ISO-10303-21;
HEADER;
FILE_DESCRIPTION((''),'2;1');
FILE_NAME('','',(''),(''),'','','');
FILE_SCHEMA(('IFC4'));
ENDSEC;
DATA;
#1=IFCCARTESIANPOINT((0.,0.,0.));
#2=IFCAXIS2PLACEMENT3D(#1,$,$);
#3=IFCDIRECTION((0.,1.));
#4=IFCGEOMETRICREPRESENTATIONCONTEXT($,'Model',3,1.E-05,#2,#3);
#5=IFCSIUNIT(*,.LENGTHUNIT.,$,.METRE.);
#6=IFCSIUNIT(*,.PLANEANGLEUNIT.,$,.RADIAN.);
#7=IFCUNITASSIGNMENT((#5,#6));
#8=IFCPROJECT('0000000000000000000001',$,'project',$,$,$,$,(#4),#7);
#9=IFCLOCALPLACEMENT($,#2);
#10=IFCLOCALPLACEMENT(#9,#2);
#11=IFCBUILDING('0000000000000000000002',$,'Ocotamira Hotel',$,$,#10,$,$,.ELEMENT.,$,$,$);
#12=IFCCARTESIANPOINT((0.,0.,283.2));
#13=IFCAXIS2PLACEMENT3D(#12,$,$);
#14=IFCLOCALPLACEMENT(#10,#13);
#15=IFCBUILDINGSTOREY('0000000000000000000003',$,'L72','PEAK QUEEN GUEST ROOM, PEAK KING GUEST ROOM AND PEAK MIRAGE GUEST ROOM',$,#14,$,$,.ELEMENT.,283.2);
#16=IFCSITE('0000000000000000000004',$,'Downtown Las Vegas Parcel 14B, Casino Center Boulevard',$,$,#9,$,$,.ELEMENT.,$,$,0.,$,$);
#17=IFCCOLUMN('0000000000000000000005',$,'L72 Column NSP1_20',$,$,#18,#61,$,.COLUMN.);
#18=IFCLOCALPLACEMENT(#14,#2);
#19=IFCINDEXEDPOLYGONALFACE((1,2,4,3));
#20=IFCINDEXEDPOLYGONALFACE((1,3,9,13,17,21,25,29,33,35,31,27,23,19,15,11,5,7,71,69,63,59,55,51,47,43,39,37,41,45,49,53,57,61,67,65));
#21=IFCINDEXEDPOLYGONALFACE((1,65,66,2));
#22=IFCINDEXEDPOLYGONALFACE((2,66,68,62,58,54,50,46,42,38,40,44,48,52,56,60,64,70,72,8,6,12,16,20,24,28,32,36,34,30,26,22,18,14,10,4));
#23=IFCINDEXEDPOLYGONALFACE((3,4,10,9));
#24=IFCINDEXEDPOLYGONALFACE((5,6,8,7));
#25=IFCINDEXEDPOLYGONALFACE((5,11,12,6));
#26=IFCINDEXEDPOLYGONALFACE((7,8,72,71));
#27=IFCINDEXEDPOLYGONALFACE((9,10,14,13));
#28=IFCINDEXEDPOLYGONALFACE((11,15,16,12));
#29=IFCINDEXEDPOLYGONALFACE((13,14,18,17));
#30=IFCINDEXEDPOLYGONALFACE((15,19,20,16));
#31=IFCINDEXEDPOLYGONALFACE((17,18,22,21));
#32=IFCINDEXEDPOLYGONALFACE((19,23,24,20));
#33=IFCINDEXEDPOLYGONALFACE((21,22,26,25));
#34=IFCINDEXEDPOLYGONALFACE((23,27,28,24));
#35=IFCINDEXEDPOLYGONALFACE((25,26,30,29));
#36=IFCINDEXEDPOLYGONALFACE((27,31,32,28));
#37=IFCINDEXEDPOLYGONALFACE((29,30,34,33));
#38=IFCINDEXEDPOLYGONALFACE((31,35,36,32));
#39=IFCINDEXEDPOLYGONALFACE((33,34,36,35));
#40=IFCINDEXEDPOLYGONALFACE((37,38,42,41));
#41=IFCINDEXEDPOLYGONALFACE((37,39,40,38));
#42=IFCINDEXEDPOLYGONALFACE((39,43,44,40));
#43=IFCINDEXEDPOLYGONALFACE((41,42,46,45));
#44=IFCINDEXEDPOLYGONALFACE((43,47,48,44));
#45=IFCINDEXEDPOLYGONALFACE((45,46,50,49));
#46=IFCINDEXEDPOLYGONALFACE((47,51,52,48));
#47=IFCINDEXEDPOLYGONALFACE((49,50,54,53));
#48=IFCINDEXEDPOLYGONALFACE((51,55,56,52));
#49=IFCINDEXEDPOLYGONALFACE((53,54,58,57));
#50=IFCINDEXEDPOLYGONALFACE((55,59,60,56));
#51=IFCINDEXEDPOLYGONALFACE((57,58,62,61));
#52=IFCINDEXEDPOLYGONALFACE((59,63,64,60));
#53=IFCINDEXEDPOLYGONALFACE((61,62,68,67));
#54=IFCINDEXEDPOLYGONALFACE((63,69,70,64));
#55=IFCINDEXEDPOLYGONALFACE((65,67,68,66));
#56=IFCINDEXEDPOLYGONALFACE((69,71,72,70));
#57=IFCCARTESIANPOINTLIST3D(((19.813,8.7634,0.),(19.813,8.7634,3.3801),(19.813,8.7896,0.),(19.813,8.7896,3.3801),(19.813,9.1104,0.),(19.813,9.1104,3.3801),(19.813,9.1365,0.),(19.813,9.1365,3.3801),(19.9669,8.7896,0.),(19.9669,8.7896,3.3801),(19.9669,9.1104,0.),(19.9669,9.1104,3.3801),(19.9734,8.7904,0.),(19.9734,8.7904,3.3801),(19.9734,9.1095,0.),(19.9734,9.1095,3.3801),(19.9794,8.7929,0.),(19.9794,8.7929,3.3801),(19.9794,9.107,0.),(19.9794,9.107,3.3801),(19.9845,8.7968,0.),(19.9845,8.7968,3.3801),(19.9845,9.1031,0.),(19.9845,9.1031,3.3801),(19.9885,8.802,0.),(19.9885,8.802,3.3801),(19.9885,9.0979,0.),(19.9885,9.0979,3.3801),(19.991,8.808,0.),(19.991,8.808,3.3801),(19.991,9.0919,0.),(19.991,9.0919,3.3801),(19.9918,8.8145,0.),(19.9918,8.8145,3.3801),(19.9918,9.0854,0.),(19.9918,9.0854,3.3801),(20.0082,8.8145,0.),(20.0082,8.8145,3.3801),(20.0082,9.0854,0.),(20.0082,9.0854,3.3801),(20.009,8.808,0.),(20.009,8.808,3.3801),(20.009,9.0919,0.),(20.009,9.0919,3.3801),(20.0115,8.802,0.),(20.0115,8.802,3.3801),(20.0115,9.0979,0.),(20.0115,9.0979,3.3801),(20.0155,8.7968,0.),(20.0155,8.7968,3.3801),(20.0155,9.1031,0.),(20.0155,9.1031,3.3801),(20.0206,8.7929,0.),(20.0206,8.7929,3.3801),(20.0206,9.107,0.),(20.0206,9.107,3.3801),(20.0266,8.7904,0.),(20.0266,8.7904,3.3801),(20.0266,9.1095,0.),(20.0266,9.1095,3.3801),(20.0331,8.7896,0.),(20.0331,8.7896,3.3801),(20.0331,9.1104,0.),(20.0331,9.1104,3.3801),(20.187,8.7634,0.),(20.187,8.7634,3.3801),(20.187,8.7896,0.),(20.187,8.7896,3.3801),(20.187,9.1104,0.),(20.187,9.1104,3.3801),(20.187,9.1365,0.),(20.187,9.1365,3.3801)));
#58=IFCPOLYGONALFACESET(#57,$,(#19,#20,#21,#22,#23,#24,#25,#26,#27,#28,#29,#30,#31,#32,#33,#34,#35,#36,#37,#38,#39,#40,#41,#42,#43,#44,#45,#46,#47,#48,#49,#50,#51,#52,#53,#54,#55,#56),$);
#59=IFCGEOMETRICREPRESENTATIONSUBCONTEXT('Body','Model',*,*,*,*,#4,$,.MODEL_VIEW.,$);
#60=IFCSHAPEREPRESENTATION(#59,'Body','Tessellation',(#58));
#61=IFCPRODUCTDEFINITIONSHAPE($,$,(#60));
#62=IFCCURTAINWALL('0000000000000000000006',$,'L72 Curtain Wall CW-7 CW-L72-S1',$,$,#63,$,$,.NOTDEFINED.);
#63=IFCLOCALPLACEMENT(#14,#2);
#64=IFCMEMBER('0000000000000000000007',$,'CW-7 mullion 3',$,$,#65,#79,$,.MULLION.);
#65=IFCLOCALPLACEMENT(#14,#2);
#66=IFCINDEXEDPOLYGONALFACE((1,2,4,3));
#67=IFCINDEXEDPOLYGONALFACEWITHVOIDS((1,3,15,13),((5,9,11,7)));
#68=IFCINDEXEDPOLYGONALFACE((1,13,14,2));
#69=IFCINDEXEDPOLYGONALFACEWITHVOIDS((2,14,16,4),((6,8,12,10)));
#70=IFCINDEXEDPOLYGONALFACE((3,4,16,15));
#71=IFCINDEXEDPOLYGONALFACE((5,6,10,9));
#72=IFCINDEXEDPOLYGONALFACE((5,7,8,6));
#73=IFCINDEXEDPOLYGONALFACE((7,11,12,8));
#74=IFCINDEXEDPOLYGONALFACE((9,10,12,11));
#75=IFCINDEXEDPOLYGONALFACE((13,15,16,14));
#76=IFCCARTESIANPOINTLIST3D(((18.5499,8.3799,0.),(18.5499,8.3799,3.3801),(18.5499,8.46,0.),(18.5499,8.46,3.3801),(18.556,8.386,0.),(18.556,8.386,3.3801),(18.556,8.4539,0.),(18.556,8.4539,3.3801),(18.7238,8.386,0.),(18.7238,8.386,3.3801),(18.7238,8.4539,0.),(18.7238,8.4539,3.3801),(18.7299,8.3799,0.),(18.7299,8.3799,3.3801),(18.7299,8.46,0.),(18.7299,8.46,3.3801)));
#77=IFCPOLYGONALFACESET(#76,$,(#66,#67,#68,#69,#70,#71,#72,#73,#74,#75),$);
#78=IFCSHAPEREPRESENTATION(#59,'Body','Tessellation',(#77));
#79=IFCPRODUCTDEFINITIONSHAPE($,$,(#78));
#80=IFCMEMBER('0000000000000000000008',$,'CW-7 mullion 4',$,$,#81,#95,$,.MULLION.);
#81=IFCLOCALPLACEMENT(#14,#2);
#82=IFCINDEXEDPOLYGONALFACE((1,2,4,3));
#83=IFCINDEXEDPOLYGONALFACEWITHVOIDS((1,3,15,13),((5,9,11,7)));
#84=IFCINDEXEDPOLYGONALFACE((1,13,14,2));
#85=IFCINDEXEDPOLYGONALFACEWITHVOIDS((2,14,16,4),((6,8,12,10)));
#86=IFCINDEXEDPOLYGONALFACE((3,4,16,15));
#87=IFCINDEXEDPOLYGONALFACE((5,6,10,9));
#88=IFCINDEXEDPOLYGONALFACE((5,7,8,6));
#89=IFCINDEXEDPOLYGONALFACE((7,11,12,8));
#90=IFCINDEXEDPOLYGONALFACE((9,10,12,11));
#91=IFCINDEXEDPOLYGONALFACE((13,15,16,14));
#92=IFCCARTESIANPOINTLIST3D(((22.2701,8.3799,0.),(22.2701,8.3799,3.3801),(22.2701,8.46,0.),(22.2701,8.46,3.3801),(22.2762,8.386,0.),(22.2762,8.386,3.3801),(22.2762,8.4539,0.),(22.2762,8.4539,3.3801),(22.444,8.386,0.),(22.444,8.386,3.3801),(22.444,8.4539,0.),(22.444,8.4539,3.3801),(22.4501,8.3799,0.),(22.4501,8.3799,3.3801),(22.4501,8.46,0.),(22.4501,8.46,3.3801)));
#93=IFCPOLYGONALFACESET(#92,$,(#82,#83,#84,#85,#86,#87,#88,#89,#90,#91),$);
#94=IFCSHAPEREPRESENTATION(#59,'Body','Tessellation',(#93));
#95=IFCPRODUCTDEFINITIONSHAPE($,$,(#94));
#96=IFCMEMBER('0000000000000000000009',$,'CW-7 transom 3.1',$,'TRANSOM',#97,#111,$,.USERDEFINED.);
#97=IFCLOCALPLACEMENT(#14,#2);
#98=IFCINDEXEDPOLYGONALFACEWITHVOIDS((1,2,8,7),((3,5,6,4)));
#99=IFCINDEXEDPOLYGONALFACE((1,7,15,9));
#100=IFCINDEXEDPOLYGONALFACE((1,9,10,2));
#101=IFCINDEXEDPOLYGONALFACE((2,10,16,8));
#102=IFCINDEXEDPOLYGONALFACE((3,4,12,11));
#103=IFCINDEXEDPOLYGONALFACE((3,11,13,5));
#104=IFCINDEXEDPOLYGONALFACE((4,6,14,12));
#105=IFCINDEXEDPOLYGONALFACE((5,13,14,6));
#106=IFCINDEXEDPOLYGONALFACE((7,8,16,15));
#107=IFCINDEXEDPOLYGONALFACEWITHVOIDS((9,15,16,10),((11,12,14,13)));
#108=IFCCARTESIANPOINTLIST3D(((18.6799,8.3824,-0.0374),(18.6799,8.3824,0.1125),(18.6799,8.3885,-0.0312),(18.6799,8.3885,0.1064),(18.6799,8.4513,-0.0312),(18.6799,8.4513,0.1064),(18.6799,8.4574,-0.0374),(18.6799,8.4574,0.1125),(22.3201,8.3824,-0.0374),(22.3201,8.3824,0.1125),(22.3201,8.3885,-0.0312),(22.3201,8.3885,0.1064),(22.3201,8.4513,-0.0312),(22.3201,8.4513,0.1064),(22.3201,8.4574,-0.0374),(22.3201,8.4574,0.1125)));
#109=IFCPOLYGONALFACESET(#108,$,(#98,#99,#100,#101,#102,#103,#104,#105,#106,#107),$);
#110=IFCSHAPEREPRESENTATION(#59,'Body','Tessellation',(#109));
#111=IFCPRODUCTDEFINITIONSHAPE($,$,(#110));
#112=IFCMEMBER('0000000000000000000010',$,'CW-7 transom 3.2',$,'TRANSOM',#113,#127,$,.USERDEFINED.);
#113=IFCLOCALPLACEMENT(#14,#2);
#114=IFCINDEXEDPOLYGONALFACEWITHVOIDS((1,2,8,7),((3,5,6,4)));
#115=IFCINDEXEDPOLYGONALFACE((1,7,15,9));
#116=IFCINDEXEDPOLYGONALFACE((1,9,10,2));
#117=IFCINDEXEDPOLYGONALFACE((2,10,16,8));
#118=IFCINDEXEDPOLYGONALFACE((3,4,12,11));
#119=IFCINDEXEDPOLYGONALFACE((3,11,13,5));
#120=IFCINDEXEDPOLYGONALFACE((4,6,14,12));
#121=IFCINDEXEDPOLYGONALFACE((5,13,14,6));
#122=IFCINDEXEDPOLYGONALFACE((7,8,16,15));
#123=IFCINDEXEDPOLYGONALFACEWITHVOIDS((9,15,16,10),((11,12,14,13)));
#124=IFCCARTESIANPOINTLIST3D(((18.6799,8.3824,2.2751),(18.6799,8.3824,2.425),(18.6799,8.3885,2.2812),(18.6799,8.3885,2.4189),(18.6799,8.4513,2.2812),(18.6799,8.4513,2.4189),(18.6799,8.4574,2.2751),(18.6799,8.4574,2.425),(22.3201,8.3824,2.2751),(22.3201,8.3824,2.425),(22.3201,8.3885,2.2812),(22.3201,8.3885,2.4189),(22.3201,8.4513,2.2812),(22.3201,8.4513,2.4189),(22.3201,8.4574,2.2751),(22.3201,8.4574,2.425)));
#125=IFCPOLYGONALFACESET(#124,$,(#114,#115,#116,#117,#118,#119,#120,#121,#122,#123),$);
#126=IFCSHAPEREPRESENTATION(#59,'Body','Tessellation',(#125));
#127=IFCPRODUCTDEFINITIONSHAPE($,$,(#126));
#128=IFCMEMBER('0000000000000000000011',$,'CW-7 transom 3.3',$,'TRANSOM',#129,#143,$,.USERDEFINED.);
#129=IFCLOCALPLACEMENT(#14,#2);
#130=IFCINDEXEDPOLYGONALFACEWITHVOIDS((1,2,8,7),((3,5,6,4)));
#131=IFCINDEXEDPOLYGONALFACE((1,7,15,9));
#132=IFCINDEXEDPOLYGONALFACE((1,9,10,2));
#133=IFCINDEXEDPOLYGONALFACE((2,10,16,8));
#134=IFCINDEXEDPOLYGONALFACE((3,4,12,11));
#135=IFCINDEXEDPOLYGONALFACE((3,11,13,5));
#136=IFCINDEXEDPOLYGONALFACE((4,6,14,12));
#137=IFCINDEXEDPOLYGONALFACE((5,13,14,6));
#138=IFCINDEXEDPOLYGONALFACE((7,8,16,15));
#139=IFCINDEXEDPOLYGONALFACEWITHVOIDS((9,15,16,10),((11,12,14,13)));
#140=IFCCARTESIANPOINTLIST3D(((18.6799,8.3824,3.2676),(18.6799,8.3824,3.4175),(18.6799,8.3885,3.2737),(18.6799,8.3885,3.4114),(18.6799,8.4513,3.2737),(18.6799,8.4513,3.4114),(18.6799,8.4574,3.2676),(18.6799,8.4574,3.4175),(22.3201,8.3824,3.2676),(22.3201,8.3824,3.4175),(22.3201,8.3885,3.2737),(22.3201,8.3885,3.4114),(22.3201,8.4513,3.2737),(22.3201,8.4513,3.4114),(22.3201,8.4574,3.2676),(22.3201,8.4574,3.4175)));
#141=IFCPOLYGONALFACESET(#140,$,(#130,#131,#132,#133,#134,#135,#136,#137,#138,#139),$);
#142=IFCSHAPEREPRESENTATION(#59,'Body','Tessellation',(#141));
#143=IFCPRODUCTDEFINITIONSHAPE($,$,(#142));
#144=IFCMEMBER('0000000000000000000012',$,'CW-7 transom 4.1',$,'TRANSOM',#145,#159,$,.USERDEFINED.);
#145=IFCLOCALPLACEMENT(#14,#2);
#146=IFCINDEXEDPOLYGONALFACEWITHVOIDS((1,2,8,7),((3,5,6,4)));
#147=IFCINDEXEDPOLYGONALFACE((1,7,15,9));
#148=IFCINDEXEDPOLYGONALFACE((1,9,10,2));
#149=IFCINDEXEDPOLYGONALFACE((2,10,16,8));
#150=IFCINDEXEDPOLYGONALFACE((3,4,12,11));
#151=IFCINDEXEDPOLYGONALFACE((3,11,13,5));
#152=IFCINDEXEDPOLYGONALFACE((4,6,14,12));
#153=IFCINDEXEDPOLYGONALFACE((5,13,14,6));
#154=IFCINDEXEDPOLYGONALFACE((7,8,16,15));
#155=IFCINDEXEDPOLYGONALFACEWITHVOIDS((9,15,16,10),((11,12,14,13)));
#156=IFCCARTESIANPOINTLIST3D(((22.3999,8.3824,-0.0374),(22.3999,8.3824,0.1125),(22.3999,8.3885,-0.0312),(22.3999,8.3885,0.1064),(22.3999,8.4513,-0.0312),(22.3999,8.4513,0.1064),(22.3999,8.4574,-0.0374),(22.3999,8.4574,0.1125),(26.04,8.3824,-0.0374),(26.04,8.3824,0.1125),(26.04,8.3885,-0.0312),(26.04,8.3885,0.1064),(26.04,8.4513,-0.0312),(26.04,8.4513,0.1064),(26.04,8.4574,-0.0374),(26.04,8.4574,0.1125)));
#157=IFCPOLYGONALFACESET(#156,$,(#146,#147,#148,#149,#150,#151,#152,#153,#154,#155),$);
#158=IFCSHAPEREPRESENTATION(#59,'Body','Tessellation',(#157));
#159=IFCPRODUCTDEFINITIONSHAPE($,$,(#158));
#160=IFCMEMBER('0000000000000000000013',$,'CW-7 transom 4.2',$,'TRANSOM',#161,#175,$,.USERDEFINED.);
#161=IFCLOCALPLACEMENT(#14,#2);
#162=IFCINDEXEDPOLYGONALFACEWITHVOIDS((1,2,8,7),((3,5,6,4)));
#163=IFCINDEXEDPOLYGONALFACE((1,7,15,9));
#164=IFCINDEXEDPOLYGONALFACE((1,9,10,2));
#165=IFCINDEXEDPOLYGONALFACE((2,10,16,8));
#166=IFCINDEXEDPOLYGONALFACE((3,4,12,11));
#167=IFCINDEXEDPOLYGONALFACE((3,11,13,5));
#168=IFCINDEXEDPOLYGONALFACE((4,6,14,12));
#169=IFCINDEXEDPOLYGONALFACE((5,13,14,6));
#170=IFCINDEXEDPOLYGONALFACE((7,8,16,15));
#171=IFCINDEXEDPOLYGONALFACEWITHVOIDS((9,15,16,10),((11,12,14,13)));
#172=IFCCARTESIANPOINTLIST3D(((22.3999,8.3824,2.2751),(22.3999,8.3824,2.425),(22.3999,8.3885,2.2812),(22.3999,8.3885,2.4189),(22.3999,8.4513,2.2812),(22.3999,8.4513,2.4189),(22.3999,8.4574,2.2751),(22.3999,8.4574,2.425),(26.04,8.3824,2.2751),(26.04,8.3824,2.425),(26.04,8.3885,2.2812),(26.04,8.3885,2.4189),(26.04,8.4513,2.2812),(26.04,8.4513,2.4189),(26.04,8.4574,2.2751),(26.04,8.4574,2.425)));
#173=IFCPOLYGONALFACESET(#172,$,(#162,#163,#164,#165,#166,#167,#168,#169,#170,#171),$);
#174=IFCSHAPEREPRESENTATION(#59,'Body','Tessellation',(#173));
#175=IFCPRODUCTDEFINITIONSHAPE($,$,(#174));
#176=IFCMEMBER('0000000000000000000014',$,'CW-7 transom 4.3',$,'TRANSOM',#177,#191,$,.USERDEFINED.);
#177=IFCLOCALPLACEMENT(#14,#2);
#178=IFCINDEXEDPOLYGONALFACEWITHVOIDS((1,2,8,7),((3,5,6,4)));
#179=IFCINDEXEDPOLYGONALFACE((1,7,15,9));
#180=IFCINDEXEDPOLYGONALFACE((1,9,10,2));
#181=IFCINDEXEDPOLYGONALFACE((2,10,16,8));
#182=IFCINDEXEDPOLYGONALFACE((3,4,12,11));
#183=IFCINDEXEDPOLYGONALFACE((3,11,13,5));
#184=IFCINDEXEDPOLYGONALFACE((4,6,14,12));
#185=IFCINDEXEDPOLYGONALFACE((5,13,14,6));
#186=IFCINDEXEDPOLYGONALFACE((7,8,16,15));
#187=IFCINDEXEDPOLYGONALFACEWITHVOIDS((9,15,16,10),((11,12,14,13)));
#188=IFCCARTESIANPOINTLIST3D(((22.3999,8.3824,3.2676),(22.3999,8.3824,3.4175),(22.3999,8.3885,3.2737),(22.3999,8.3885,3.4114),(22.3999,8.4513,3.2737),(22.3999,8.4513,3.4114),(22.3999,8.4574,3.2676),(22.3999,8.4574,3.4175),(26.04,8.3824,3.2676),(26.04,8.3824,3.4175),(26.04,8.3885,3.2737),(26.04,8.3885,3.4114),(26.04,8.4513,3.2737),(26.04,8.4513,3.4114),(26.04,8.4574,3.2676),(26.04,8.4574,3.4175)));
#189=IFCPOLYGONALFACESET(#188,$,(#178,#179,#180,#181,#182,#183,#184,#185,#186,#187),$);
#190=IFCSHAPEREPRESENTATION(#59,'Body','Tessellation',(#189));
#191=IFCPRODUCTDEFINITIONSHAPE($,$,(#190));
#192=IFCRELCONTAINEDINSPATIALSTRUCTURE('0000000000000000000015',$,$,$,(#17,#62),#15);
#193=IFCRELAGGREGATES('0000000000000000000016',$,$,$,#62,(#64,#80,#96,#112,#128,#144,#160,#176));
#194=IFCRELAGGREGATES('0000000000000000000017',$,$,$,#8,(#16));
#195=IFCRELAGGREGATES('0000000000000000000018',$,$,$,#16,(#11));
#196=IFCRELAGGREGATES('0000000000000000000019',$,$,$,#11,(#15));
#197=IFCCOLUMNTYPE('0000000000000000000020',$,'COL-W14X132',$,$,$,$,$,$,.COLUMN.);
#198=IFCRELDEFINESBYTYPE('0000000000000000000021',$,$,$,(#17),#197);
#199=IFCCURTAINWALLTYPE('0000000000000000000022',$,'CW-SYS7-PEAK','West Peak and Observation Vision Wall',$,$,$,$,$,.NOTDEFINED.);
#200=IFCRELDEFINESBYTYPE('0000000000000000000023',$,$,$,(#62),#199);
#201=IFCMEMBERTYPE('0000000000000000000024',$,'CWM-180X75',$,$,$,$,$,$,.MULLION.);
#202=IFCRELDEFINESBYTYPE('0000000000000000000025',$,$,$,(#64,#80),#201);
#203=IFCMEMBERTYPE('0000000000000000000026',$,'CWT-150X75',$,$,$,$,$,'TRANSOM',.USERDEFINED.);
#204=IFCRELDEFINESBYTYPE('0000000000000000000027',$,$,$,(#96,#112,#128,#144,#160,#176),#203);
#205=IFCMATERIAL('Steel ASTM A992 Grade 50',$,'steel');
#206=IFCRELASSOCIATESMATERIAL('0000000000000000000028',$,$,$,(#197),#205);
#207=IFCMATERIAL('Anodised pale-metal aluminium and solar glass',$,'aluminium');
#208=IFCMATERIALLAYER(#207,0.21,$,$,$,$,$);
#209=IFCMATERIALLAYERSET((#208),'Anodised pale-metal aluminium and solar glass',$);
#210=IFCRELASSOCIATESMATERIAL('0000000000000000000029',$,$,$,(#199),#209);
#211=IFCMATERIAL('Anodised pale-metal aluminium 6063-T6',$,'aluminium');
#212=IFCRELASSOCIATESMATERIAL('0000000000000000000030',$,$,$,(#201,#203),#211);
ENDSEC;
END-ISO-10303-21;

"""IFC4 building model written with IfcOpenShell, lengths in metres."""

from ifc_helpers import new_model, si_unit, direction, frame, origin, origin_2d, place, context, subcontext, project, spatial, hollow_rectangle, i_section, extrude, source, transform, mapped, material, layer, layer_set, material_profile, profile_set, type_object, element, aggregate, save


model = new_model("IFC4")

# Units and contexts
model_context = context("Model", 3, precision=1e-05, world=origin(), true_north=direction((0.0, 1.0)))
body_context = subcontext(model_context, "Body", "Model", "MODEL_VIEW")
ifc_project = project(units=[si_unit("LENGTHUNIT", "METRE"), si_unit("PLANEANGLEUNIT", "RADIAN")], contexts=[model_context])

# Site, building, storey
site_placement = place(None, origin())
site = spatial("IfcSite", under=ifc_project, at=site_placement, Name="Downtown Las Vegas Parcel 14B, Casino Center Boulevard", CompositionType="ELEMENT", RefElevation=0.0)
building_placement = place(site_placement, origin())
building = spatial("IfcBuilding", under=site, at=building_placement, Name="Ocotamira Hotel", CompositionType="ELEMENT")
storey_placement = place(building_placement, frame((0.0, 0.0, 283.2)))
storey = spatial("IfcBuildingStorey", under=building, at=storey_placement, Name="L72", Description="PEAK QUEEN GUEST ROOM, PEAK KING GUEST ROOM AND PEAK MIRAGE GUEST ROOM", CompositionType="ELEMENT", Elevation=283.2)

# Column
ifc_material_1 = material(Name="Steel ASTM A992 Grade 50", Category="steel")
ifc_material_profile_1 = material_profile(ifc_material_1, i_section(OverallWidth=0.374, OverallDepth=0.373, WebThickness=0.0164, FlangeThickness=0.0261, FilletRadius=0.0249, at=origin_2d()), Name="W14X132")
ifc_profile_set_1 = profile_set([ifc_material_profile_1], Name="Steel ASTM A992 Grade 50")
column_type = type_object("IfcColumnType", Name="COL-W14X132", PredefinedType="COLUMN", material=ifc_profile_set_1)
shared_shape_1 = source(origin(), body_context, "Body", "SweptSolid", [
    extrude(i_section(OverallWidth=0.374, OverallDepth=0.373, WebThickness=0.0164, FlangeThickness=0.0261, FilletRadius=0.0249, at=origin_2d()), origin(), (0.0, 0.0, 1.0), 3.3801),
])
column_placement = place(storey_placement, frame((20.0, 8.95, 0.0), z_axis=(0.0, 0.0, 1.0), x_axis=(1.0, 0.0, 0.0)))
element("IfcColumn", 1, at=column_placement, inside=storey, type_object=column_type, Name="L72 Column NSP1_20", PredefinedType="COLUMN", context=body_context, shape_type="MappedRepresentation", body=[
    mapped(shared_shape_1, transform((0.0, 0.0, 0.0), scale=1.0)),
])

# Curtain wall, members
ifc_material_2 = material(Name="Anodised pale-metal aluminium and solar glass", Category="aluminium")
ifc_layer_1 = layer(ifc_material_2, 0.21)
ifc_layer_set_1 = layer_set([ifc_layer_1], Name="Anodised pale-metal aluminium and solar glass")
curtain_wall_type = type_object("IfcCurtainWallType", Name="CW-SYS7-PEAK", Description="West Peak and Observation Vision Wall", PredefinedType="NOTDEFINED", material=ifc_layer_set_1)
curtain_wall_placement = place(storey_placement, origin())
curtain_wall = element("IfcCurtainWall", 2, at=curtain_wall_placement, inside=storey, type_object=curtain_wall_type, Name="L72 Curtain Wall CW-7 CW-L72-S1", PredefinedType="NOTDEFINED")
ifc_material_3 = material(Name="Anodised pale-metal aluminium 6063-T6", Category="aluminium")
ifc_material_profile_2 = material_profile(ifc_material_3, hollow_rectangle(XDim=0.0801, YDim=0.1799, WallThickness=0.0061, at=origin_2d()), Name="HSS180X80X6")
ifc_profile_set_2 = profile_set([ifc_material_profile_2], Name="Anodised pale-metal aluminium 6063-T6")
member_type_1 = type_object("IfcMemberType", Name="CWM-180X75", PredefinedType="MULLION", material=ifc_profile_set_2)
shared_shape_2 = source(origin(), body_context, "Body", "SweptSolid", [
    extrude(hollow_rectangle(XDim=0.0801, YDim=0.1799, WallThickness=0.0061, at=origin_2d()), origin(), (0.0, 0.0, 1.0), 3.3801),
])
member_1_placement = place(storey_placement, frame((18.6399, 8.4199, 0.0), z_axis=(0.0, 0.0, 1.0), x_axis=(0.0, 1.0, 0.0)))
member_1 = element("IfcMember", 3, at=member_1_placement, type_object=member_type_1, Name="CW-7 mullion 3", PredefinedType="MULLION", context=body_context, shape_type="MappedRepresentation", body=[
    mapped(shared_shape_2, transform((0.0, 0.0, 0.0), scale=1.0)),
])
member_2_placement = place(storey_placement, frame((22.3601, 8.4199, 0.0), z_axis=(0.0, 0.0, 1.0), x_axis=(0.0, 1.0, 0.0)))
member_2 = element("IfcMember", 4, at=member_2_placement, type_object=member_type_1, Name="CW-7 mullion 4", PredefinedType="MULLION", context=body_context, shape_type="MappedRepresentation", body=[
    mapped(shared_shape_2, transform((0.0, 0.0, 0.0), scale=1.0)),
])
ifc_material_profile_3 = material_profile(ifc_material_3, hollow_rectangle(XDim=0.075, YDim=0.1499, WallThickness=0.0061, at=origin_2d()), Name="HSS150X75X6")
ifc_profile_set_3 = profile_set([ifc_material_profile_3], Name="Anodised pale-metal aluminium 6063-T6")
member_type_2 = type_object("IfcMemberType", Name="CWT-150X75", ElementType="TRANSOM", PredefinedType="USERDEFINED", material=ifc_profile_set_3)
shared_shape_3 = source(origin(), body_context, "Body", "SweptSolid", [
    extrude(hollow_rectangle(XDim=0.075, YDim=0.1499, WallThickness=0.0061, at=origin_2d()), origin(), (0.0, 0.0, 1.0), 3.6401),
])
member_3_placement = place(storey_placement, frame((18.6799, 8.4199, 0.0376), z_axis=(1.0, 0.0, 0.0), x_axis=(0.0, 1.0, 0.0)))
member_3 = element("IfcMember", 5, at=member_3_placement, type_object=member_type_2, Name="CW-7 transom 3.1", ObjectType="TRANSOM", PredefinedType="USERDEFINED", context=body_context, shape_type="MappedRepresentation", body=[
    mapped(shared_shape_3, transform((0.0, 0.0, 0.0), scale=1.0)),
])
member_4_placement = place(storey_placement, frame((18.6799, 8.4199, 2.3501), z_axis=(1.0, 0.0, 0.0), x_axis=(0.0, 1.0, 0.0)))
member_4 = element("IfcMember", 6, at=member_4_placement, type_object=member_type_2, Name="CW-7 transom 3.2", ObjectType="TRANSOM", PredefinedType="USERDEFINED", context=body_context, shape_type="MappedRepresentation", body=[
    mapped(shared_shape_3, transform((0.0, 0.0, 0.0), scale=1.0)),
])
member_5_placement = place(storey_placement, frame((18.6799, 8.4199, 3.3425), z_axis=(1.0, 0.0, 0.0), x_axis=(0.0, 1.0, 0.0)))
member_5 = element("IfcMember", 7, at=member_5_placement, type_object=member_type_2, Name="CW-7 transom 3.3", ObjectType="TRANSOM", PredefinedType="USERDEFINED", context=body_context, shape_type="MappedRepresentation", body=[
    mapped(shared_shape_3, transform((0.0, 0.0, 0.0), scale=1.0)),
])
member_6_placement = place(storey_placement, frame((22.3999, 8.4199, 0.0376), z_axis=(1.0, 0.0, 0.0), x_axis=(0.0, 1.0, 0.0)))
member_6 = element("IfcMember", 8, at=member_6_placement, type_object=member_type_2, Name="CW-7 transom 4.1", ObjectType="TRANSOM", PredefinedType="USERDEFINED", context=body_context, shape_type="MappedRepresentation", body=[
    mapped(shared_shape_3, transform((0.0, 0.0, 0.0), scale=1.0)),
])
member_7_placement = place(storey_placement, frame((22.3999, 8.4199, 2.3501), z_axis=(1.0, 0.0, 0.0), x_axis=(0.0, 1.0, 0.0)))
member_7 = element("IfcMember", 9, at=member_7_placement, type_object=member_type_2, Name="CW-7 transom 4.2", ObjectType="TRANSOM", PredefinedType="USERDEFINED", context=body_context, shape_type="MappedRepresentation", body=[
    mapped(shared_shape_3, transform((0.0, 0.0, 0.0), scale=1.0)),
])
member_8_placement = place(storey_placement, frame((22.3999, 8.4199, 3.3425), z_axis=(1.0, 0.0, 0.0), x_axis=(0.0, 1.0, 0.0)))
member_8 = element("IfcMember", 10, at=member_8_placement, type_object=member_type_2, Name="CW-7 transom 4.3", ObjectType="TRANSOM", PredefinedType="USERDEFINED", context=body_context, shape_type="MappedRepresentation", body=[
    mapped(shared_shape_3, transform((0.0, 0.0, 0.0), scale=1.0)),
])
aggregate(curtain_wall, [member_1, member_2, member_3, member_4, member_5, member_6, member_7, member_8])

save(model, "model.ifc")
